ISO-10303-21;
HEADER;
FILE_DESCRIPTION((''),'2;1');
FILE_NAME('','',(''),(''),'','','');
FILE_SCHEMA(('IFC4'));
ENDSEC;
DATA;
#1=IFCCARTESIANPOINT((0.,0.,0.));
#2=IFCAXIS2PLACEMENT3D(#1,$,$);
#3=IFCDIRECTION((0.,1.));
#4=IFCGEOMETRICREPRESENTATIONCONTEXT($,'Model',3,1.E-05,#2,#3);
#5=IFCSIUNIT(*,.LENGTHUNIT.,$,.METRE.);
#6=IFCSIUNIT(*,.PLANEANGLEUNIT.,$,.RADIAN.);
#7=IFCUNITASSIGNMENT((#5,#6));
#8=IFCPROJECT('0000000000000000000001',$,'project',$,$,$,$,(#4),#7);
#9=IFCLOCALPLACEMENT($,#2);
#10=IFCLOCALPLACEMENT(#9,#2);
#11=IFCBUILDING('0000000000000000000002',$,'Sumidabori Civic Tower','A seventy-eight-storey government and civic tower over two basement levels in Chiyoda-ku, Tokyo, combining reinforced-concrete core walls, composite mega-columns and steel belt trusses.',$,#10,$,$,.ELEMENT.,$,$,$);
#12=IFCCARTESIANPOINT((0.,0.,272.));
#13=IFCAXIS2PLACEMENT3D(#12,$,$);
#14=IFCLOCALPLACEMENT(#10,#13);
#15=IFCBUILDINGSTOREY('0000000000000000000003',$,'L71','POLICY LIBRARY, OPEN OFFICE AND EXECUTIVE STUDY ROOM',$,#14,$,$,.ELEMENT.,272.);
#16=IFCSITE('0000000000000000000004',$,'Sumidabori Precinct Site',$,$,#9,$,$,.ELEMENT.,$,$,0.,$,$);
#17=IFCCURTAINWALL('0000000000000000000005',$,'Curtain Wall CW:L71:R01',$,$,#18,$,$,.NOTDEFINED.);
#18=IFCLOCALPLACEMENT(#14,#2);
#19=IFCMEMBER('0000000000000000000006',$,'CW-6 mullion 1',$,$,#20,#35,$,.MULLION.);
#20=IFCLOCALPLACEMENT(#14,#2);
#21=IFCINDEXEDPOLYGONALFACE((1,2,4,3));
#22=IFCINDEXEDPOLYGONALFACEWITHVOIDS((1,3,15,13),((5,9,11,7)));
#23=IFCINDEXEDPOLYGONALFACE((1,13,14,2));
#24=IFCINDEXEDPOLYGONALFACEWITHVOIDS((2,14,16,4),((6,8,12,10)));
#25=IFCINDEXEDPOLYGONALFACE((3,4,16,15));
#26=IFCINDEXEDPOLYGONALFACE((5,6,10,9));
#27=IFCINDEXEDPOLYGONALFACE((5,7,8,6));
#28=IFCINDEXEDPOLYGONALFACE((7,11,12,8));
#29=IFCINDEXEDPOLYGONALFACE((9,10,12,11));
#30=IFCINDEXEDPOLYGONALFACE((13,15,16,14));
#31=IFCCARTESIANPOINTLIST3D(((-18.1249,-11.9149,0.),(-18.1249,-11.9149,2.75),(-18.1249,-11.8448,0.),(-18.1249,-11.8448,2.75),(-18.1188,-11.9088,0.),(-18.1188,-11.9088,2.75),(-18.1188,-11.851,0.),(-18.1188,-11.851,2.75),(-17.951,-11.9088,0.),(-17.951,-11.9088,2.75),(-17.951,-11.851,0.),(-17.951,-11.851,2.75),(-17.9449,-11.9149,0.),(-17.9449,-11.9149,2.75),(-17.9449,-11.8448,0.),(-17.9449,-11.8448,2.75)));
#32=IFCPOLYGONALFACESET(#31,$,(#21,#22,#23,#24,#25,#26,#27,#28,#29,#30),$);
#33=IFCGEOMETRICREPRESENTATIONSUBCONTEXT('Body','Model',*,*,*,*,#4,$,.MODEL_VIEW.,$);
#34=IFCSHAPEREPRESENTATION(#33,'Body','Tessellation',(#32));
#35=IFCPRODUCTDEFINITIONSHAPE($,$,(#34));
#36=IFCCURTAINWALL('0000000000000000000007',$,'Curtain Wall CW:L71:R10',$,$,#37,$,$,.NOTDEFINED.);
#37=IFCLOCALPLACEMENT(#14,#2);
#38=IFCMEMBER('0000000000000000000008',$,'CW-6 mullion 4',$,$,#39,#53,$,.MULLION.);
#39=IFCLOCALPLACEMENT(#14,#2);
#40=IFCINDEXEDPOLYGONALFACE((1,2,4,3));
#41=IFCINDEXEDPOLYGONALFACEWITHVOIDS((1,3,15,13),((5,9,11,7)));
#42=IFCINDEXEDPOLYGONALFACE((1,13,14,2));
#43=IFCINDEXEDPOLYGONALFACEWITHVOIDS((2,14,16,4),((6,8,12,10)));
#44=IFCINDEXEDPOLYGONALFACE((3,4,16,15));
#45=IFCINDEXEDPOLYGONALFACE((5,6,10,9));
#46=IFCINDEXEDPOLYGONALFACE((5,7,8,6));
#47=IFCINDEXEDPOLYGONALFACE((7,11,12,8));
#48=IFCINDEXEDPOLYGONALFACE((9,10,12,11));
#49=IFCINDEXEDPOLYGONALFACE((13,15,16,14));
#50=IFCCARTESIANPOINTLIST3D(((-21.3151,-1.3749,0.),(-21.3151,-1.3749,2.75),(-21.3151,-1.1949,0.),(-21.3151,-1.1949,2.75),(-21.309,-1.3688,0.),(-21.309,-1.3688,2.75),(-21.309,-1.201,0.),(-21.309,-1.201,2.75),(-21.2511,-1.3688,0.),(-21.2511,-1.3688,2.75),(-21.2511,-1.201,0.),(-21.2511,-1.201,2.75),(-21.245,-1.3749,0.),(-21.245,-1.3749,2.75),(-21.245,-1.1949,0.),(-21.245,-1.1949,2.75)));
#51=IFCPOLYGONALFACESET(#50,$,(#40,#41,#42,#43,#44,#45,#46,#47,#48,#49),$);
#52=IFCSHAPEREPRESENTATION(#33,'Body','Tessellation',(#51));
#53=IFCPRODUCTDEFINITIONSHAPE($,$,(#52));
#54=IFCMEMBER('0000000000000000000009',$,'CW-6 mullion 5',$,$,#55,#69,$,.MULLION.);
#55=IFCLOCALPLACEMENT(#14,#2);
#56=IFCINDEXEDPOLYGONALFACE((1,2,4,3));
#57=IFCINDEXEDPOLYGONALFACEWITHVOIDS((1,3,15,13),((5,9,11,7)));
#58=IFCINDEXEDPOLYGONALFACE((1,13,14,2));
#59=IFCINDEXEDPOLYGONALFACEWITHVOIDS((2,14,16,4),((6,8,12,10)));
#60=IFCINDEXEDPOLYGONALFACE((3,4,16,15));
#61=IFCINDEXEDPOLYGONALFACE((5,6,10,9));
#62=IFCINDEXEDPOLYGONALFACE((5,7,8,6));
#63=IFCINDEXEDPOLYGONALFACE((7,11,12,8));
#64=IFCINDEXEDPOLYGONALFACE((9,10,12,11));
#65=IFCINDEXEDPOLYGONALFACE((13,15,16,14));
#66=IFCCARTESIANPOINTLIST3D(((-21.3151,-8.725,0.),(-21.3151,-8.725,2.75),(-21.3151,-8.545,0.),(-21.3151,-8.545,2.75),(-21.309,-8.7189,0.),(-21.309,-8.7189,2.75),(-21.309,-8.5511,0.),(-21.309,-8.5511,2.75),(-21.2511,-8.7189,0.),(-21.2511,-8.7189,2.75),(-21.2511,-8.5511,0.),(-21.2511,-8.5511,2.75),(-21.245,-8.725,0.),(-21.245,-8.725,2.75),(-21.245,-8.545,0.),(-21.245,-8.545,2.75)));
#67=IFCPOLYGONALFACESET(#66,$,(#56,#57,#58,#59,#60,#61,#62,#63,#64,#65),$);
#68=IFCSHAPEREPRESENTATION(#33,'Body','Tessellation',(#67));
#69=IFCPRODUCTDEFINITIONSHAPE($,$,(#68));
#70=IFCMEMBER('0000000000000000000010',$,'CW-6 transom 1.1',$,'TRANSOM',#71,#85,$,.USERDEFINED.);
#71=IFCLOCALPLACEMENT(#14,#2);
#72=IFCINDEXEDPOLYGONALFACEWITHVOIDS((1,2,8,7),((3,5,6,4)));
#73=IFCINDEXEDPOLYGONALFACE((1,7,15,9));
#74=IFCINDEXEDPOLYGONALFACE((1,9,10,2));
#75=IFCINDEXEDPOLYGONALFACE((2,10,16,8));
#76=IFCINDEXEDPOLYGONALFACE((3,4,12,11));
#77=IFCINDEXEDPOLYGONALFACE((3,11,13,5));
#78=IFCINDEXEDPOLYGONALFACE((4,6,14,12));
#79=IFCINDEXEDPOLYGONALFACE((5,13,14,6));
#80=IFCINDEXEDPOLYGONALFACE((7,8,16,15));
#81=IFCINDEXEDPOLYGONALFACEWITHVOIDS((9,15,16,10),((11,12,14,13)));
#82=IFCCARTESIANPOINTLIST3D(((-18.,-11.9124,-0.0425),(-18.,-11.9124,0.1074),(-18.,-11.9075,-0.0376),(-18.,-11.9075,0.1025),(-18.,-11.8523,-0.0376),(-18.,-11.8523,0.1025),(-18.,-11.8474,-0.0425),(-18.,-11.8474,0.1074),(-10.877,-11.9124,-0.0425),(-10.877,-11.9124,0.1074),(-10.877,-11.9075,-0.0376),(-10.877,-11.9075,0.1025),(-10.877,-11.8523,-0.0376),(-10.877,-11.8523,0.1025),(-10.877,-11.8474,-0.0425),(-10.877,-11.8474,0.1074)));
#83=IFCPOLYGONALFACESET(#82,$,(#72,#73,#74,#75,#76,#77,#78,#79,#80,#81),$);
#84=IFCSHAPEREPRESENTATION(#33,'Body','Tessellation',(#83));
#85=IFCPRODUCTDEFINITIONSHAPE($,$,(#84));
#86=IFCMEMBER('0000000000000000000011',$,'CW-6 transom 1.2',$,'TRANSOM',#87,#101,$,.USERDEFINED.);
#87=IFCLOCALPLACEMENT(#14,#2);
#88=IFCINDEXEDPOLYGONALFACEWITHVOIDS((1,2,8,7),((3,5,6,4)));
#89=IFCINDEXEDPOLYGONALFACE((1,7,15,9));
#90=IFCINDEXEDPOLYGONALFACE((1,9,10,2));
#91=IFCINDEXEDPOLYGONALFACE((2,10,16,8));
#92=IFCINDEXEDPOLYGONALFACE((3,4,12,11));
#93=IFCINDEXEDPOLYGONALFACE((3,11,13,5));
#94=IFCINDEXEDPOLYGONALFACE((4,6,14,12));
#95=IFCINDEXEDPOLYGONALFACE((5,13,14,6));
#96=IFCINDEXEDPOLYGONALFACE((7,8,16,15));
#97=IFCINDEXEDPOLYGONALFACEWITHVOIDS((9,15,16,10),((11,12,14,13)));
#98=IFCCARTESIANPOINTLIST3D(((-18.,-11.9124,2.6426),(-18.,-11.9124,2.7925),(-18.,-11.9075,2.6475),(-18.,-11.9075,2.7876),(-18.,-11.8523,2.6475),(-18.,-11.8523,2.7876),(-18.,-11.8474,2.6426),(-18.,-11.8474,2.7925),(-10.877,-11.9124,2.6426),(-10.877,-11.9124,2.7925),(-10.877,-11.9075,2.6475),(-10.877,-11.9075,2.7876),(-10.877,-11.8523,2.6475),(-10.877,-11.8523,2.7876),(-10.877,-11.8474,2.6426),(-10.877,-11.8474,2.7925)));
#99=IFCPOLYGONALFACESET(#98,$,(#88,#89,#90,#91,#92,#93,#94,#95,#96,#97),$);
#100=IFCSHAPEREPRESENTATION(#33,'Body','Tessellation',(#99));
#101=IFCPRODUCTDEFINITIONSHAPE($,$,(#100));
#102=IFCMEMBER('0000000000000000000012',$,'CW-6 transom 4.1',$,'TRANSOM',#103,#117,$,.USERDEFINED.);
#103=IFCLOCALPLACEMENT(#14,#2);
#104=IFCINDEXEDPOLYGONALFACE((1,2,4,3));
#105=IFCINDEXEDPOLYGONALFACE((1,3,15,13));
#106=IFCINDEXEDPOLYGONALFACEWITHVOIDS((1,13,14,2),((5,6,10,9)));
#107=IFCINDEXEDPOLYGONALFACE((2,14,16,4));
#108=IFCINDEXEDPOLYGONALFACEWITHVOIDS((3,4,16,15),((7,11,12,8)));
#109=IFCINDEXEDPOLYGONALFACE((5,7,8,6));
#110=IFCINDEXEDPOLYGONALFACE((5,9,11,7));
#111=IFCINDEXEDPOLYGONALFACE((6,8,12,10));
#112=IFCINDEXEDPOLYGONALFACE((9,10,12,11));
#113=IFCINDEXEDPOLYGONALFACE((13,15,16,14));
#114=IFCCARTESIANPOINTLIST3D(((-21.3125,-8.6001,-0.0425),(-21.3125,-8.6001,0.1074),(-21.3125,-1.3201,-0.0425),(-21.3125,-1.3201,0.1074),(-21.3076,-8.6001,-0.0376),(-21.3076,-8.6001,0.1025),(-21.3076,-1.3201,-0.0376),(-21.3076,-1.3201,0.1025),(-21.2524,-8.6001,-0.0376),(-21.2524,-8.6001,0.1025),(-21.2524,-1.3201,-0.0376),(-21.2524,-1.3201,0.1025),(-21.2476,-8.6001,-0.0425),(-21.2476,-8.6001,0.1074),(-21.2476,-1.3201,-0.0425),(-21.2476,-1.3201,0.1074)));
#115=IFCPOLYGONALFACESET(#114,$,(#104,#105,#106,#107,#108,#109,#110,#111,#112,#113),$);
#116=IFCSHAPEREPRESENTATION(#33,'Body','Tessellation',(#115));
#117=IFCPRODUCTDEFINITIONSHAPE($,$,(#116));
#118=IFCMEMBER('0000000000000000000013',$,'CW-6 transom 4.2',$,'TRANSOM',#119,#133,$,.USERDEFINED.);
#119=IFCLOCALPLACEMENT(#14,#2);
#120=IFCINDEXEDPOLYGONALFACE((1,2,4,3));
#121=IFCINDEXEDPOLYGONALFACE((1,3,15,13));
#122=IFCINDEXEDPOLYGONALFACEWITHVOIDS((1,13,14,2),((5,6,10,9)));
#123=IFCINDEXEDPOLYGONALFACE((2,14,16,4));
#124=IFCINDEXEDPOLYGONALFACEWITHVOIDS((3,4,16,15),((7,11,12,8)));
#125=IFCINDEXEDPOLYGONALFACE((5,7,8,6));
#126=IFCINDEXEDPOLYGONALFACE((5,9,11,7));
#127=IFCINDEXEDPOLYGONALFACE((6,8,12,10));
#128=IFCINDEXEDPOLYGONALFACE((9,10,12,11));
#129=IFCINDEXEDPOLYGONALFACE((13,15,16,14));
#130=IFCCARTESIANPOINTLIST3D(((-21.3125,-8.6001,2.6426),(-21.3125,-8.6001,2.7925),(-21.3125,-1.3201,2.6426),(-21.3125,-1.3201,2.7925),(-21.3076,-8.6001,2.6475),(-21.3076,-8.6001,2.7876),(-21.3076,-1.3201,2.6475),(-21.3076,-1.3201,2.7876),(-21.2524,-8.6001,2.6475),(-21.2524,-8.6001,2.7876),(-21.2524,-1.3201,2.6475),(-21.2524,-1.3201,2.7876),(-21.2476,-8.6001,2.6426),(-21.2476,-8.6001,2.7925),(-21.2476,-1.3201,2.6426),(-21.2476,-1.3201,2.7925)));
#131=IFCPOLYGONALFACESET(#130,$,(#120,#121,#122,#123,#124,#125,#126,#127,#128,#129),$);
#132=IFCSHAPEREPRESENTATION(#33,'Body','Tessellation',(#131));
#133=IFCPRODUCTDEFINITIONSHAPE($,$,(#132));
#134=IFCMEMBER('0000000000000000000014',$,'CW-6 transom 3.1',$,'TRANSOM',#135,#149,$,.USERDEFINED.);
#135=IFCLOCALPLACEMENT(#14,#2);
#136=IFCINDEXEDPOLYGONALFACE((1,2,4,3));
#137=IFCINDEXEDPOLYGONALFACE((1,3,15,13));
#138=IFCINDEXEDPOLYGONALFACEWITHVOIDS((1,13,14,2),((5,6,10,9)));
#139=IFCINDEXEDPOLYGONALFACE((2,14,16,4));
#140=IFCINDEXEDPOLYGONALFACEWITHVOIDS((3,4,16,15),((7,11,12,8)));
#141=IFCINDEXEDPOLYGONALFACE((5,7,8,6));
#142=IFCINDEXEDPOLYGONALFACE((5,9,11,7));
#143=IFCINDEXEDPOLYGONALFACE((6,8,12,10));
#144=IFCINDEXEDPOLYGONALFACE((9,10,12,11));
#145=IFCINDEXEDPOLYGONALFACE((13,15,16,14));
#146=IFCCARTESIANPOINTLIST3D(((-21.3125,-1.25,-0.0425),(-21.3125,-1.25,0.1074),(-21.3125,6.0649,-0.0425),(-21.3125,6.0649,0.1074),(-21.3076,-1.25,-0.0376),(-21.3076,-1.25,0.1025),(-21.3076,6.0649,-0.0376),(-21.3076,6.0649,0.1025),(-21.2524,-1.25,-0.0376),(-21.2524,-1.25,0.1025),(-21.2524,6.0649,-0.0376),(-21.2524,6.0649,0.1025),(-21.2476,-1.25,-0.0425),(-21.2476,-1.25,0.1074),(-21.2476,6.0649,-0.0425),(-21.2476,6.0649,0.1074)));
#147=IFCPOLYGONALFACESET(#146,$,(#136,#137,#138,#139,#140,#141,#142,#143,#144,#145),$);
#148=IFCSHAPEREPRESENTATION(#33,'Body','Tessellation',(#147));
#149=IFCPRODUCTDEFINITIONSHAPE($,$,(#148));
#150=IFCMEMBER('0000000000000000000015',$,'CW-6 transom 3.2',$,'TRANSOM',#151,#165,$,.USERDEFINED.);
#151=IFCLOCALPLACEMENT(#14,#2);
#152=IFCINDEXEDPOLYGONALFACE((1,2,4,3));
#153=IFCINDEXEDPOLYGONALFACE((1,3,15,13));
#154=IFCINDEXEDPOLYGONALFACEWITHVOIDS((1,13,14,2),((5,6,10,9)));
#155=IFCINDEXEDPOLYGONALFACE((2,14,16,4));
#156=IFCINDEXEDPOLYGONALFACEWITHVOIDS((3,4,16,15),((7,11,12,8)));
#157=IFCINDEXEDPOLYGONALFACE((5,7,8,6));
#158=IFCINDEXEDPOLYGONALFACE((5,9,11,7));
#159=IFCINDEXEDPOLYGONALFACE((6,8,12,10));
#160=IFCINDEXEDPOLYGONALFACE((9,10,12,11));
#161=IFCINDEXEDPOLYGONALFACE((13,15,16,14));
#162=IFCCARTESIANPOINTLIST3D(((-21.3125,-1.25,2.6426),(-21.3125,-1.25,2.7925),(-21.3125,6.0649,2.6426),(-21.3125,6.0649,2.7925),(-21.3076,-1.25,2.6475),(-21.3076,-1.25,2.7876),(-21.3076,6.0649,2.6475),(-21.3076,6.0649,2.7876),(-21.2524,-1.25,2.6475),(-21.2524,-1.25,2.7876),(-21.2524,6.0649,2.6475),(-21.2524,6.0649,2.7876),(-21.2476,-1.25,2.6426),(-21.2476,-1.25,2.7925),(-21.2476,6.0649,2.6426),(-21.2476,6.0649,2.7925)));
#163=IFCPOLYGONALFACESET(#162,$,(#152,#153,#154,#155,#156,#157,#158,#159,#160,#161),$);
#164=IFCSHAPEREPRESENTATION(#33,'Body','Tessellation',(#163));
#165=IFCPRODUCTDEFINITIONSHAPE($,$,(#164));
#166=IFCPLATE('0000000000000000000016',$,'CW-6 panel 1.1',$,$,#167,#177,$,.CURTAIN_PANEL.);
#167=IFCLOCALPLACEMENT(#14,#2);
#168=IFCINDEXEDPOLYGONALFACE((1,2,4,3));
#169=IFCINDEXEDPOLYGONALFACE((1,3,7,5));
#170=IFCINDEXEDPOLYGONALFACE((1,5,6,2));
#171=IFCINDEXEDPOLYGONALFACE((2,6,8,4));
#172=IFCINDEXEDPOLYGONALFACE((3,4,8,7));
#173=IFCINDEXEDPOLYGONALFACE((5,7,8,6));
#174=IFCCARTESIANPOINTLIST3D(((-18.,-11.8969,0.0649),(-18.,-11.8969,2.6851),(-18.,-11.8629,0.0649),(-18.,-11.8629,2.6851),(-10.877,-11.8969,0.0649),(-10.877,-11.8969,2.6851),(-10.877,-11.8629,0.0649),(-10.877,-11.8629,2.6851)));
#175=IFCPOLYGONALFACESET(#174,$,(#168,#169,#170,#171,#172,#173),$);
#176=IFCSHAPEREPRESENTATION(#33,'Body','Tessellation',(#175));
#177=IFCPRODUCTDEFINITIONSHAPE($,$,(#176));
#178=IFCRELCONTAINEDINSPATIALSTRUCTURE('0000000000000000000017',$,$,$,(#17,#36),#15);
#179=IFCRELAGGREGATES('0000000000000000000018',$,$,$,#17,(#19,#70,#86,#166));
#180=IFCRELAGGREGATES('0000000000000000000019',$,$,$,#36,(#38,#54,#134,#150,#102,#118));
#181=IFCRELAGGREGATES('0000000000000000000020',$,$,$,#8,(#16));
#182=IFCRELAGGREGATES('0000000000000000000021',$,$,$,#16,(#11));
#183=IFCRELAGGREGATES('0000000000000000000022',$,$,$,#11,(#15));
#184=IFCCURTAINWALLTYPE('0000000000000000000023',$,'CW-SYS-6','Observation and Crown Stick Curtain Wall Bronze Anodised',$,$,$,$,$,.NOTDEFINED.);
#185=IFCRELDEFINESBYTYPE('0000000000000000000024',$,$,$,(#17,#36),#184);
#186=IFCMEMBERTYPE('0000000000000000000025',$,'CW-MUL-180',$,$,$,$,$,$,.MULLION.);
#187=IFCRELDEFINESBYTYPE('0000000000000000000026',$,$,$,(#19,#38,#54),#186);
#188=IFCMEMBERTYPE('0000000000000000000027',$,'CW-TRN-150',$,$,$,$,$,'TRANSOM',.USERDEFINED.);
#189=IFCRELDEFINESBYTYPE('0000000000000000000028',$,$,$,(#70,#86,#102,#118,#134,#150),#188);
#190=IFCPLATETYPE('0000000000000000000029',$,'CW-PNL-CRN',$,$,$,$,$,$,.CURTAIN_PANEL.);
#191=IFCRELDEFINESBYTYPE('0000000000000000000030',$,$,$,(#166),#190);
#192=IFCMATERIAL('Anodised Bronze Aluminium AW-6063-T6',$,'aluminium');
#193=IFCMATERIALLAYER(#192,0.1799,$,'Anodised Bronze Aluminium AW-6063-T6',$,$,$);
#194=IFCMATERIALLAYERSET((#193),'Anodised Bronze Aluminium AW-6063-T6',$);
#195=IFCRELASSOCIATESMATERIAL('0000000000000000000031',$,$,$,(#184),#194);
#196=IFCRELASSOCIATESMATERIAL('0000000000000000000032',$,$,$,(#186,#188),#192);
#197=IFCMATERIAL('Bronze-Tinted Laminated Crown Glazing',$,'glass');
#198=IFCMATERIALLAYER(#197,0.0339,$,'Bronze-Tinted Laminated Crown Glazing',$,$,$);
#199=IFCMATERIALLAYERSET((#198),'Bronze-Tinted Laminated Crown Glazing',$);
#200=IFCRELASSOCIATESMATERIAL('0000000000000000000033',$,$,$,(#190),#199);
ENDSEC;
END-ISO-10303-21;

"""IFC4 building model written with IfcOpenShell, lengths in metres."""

from ifc_helpers import new_model, si_unit, direction, frame, origin, origin_2d, place, context, subcontext, project, spatial, rectangle, hollow_rectangle, extrude, source, transform, mapped, material, layer, layer_set, material_profile, profile_set, type_object, element, aggregate, save


model = new_model("IFC4")

# Units and contexts
model_context = context("Model", 3, precision=1e-05, world=origin(), true_north=direction((0.0, 1.0)))
body_context = subcontext(model_context, "Body", "Model", "MODEL_VIEW")
ifc_project = project(units=[si_unit("LENGTHUNIT", "METRE"), si_unit("PLANEANGLEUNIT", "RADIAN")], contexts=[model_context])

# Site, building, storey
site_placement = place(None, origin())
site = spatial("IfcSite", under=ifc_project, at=site_placement, Name="Sumidabori Precinct Site", CompositionType="ELEMENT", RefElevation=0.0)
building_placement = place(site_placement, origin())
building = spatial("IfcBuilding", under=site, at=building_placement, Name="Sumidabori Civic Tower", Description="A seventy-eight-storey government and civic tower over two basement levels in Chiyoda-ku, Tokyo, combining reinforced-concrete core walls, composite mega-columns and steel belt trusses.", CompositionType="ELEMENT")
storey_placement = place(building_placement, frame((0.0, 0.0, 272.0)))
storey = spatial("IfcBuildingStorey", under=building, at=storey_placement, Name="L71", Description="POLICY LIBRARY, OPEN OFFICE AND EXECUTIVE STUDY ROOM", CompositionType="ELEMENT", Elevation=272.0)

# Curtain wall, member
ifc_material_1 = material(Name="Anodised Bronze Aluminium AW-6063-T6", Category="aluminium")
ifc_layer_1 = layer(ifc_material_1, 0.1799, Name="Anodised Bronze Aluminium AW-6063-T6")
ifc_layer_set_1 = layer_set([ifc_layer_1], Name="Anodised Bronze Aluminium AW-6063-T6")
curtain_wall_type = type_object("IfcCurtainWallType", Name="CW-SYS-6", Description="Observation and Crown Stick Curtain Wall Bronze Anodised", PredefinedType="NOTDEFINED", material=ifc_layer_set_1)
curtain_wall_1_placement = place(storey_placement, origin())
curtain_wall_1 = element("IfcCurtainWall", 1, at=curtain_wall_1_placement, inside=storey, type_object=curtain_wall_type, Name="Curtain Wall CW:L71:R01", PredefinedType="NOTDEFINED")
ifc_material_profile_1 = material_profile(ifc_material_1, hollow_rectangle(XDim=0.0701, YDim=0.1799, WallThickness=0.0061, at=origin_2d()), Name="ALU MULLION 180x70")
ifc_profile_set_1 = profile_set([ifc_material_profile_1], Name="Anodised Bronze Aluminium AW-6063-T6")
member_type_1 = type_object("IfcMemberType", Name="CW-MUL-180", PredefinedType="MULLION", material=ifc_profile_set_1)
shared_shape_1 = source(origin(), body_context, "Body", "SweptSolid", [
    extrude(hollow_rectangle(XDim=0.0701, YDim=0.1799, WallThickness=0.0061, at=origin_2d()), origin(), (0.0, 0.0, 1.0), 2.75),
])
member_1_placement = place(storey_placement, frame((-18.0349, -11.8799, 0.0), z_axis=(0.0, 0.0, 1.0), x_axis=(0.0, 1.0, 0.0)))
member_1 = element("IfcMember", 2, at=member_1_placement, type_object=member_type_1, Name="CW-6 mullion 1", PredefinedType="MULLION", context=body_context, shape_type="MappedRepresentation", body=[
    mapped(shared_shape_1, transform((0.0, 0.0, 0.0), x_axis=(1.0, 0.0, 0.0), y_axis=(0.0, 1.0, 0.0), z_axis=(0.0, 0.0, 1.0), scale=1.0)),
])

# Curtain wall, members
curtain_wall_2_placement = place(storey_placement, origin())
curtain_wall_2 = element("IfcCurtainWall", 3, at=curtain_wall_2_placement, inside=storey, type_object=curtain_wall_type, Name="Curtain Wall CW:L71:R10", PredefinedType="NOTDEFINED")
member_2_placement = place(storey_placement, frame((-21.28, -1.2849, 0.0), z_axis=(0.0, 0.0, 1.0), x_axis=(1.0, 0.0, 0.0)))
member_2 = element("IfcMember", 4, at=member_2_placement, type_object=member_type_1, Name="CW-6 mullion 4", PredefinedType="MULLION", context=body_context, shape_type="MappedRepresentation", body=[
    mapped(shared_shape_1, transform((0.0, 0.0, 0.0), x_axis=(1.0, 0.0, 0.0), y_axis=(0.0, 1.0, 0.0), z_axis=(0.0, 0.0, 1.0), scale=1.0)),
])
member_3_placement = place(storey_placement, frame((-21.28, -8.635, 0.0), z_axis=(0.0, 0.0, 1.0), x_axis=(1.0, 0.0, 0.0)))
member_3 = element("IfcMember", 5, at=member_3_placement, type_object=member_type_1, Name="CW-6 mullion 5", PredefinedType="MULLION", context=body_context, shape_type="MappedRepresentation", body=[
    mapped(shared_shape_1, transform((0.0, 0.0, 0.0), x_axis=(1.0, 0.0, 0.0), y_axis=(0.0, 1.0, 0.0), z_axis=(0.0, 0.0, 1.0), scale=1.0)),
])

# Members
ifc_material_profile_2 = material_profile(ifc_material_1, hollow_rectangle(XDim=0.0649, YDim=0.1499, WallThickness=0.0049, at=origin_2d()), Name="ALU TRANSOM 150x65")
ifc_profile_set_2 = profile_set([ifc_material_profile_2], Name="Anodised Bronze Aluminium AW-6063-T6")
member_type_2 = type_object("IfcMemberType", Name="CW-TRN-150", ElementType="TRANSOM", PredefinedType="USERDEFINED", material=ifc_profile_set_2)
shared_shape_2 = source(origin(), body_context, "Body", "SweptSolid", [
    extrude(hollow_rectangle(XDim=0.0649, YDim=0.1499, WallThickness=0.0049, at=origin_2d()), origin(), (0.0, 0.0, 1.0), 7.123),
])
member_4_placement = place(storey_placement, frame((-18.0, -11.8799, 0.0325), z_axis=(1.0, 0.0, 0.0), x_axis=(0.0, 1.0, 0.0)))
member_4 = element("IfcMember", 6, at=member_4_placement, type_object=member_type_2, Name="CW-6 transom 1.1", ObjectType="TRANSOM", PredefinedType="USERDEFINED", context=body_context, shape_type="MappedRepresentation", body=[
    mapped(shared_shape_2, transform((0.0, 0.0, 0.0), x_axis=(1.0, 0.0, 0.0), y_axis=(0.0, 1.0, 0.0), z_axis=(0.0, 0.0, 1.0), scale=1.0)),
])
member_5_placement = place(storey_placement, frame((-18.0, -11.8799, 2.7175), z_axis=(1.0, 0.0, 0.0), x_axis=(0.0, 1.0, 0.0)))
member_5 = element("IfcMember", 7, at=member_5_placement, type_object=member_type_2, Name="CW-6 transom 1.2", ObjectType="TRANSOM", PredefinedType="USERDEFINED", context=body_context, shape_type="MappedRepresentation", body=[
    mapped(shared_shape_2, transform((0.0, 0.0, 0.0), x_axis=(1.0, 0.0, 0.0), y_axis=(0.0, 1.0, 0.0), z_axis=(0.0, 0.0, 1.0), scale=1.0)),
])
shared_shape_3 = source(origin(), body_context, "Body", "SweptSolid", [
    extrude(hollow_rectangle(XDim=0.0649, YDim=0.1499, WallThickness=0.0049, at=origin_2d()), origin(), (0.0, 0.0, 1.0), 7.28),
])
member_6_placement = place(storey_placement, frame((-21.28, -1.3201, 0.0325), z_axis=(0.0, -1.0, 0.0), x_axis=(1.0, 0.0, 0.0)))
member_6 = element("IfcMember", 8, at=member_6_placement, type_object=member_type_2, Name="CW-6 transom 4.1", ObjectType="TRANSOM", PredefinedType="USERDEFINED", context=body_context, shape_type="MappedRepresentation", body=[
    mapped(shared_shape_3, transform((0.0, 0.0, 0.0), x_axis=(1.0, 0.0, 0.0), y_axis=(0.0, 1.0, 0.0), z_axis=(0.0, 0.0, 1.0), scale=1.0)),
])
member_7_placement = place(storey_placement, frame((-21.28, -1.3201, 2.7175), z_axis=(0.0, -1.0, 0.0), x_axis=(1.0, 0.0, 0.0)))
member_7 = element("IfcMember", 9, at=member_7_placement, type_object=member_type_2, Name="CW-6 transom 4.2", ObjectType="TRANSOM", PredefinedType="USERDEFINED", context=body_context, shape_type="MappedRepresentation", body=[
    mapped(shared_shape_3, transform((0.0, 0.0, 0.0), x_axis=(1.0, 0.0, 0.0), y_axis=(0.0, 1.0, 0.0), z_axis=(0.0, 0.0, 1.0), scale=1.0)),
])
shared_shape_4 = source(origin(), body_context, "Body", "SweptSolid", [
    extrude(hollow_rectangle(XDim=0.0649, YDim=0.1499, WallThickness=0.0049, at=origin_2d()), origin(), (0.0, 0.0, 1.0), 7.3149),
])
member_8_placement = place(storey_placement, frame((-21.28, 6.0649, 0.0325), z_axis=(0.0, -1.0, 0.0), x_axis=(1.0, 0.0, 0.0)))
member_8 = element("IfcMember", 10, at=member_8_placement, type_object=member_type_2, Name="CW-6 transom 3.1", ObjectType="TRANSOM", PredefinedType="USERDEFINED", context=body_context, shape_type="MappedRepresentation", body=[
    mapped(shared_shape_4, transform((0.0, 0.0, 0.0), x_axis=(1.0, 0.0, 0.0), y_axis=(0.0, 1.0, 0.0), z_axis=(0.0, 0.0, 1.0), scale=1.0)),
])
member_9_placement = place(storey_placement, frame((-21.28, 6.0649, 2.7175), z_axis=(0.0, -1.0, 0.0), x_axis=(1.0, 0.0, 0.0)))
member_9 = element("IfcMember", 11, at=member_9_placement, type_object=member_type_2, Name="CW-6 transom 3.2", ObjectType="TRANSOM", PredefinedType="USERDEFINED", context=body_context, shape_type="MappedRepresentation", body=[
    mapped(shared_shape_4, transform((0.0, 0.0, 0.0), x_axis=(1.0, 0.0, 0.0), y_axis=(0.0, 1.0, 0.0), z_axis=(0.0, 0.0, 1.0), scale=1.0)),
])

# Plate
ifc_material_2 = material(Name="Bronze-Tinted Laminated Crown Glazing", Category="glass")
ifc_layer_2 = layer(ifc_material_2, 0.0339, Name="Bronze-Tinted Laminated Crown Glazing")
ifc_layer_set_2 = layer_set([ifc_layer_2], Name="Bronze-Tinted Laminated Crown Glazing")
plate_type = type_object("IfcPlateType", Name="CW-PNL-CRN", PredefinedType="CURTAIN_PANEL", material=ifc_layer_set_2)
shared_shape_5 = source(origin(), body_context, "Body", "SweptSolid", [
    extrude(rectangle(XDim=7.123, YDim=0.0339, at=origin_2d()), origin(), (0.0, 0.0, 1.0), 2.6201),
])
plate_1_placement = place(storey_placement, frame((-14.4385, -11.8799, 0.0649), z_axis=(0.0, 0.0, 1.0), x_axis=(1.0, 0.0, 0.0)))
plate_1 = element("IfcPlate", 12, at=plate_1_placement, type_object=plate_type, Name="CW-6 panel 1.1", PredefinedType="CURTAIN_PANEL", context=body_context, shape_type="MappedRepresentation", body=[
    mapped(shared_shape_5, transform((0.0, 0.0, 0.0), x_axis=(1.0, 0.0, 0.0), y_axis=(0.0, 1.0, 0.0), z_axis=(0.0, 0.0, 1.0), scale=1.0)),
])
aggregate(curtain_wall_1, [member_1, member_4, member_5, plate_1])
aggregate(curtain_wall_2, [member_2, member_3, member_8, member_9, member_6, member_7])

save(model, "model.ifc")
